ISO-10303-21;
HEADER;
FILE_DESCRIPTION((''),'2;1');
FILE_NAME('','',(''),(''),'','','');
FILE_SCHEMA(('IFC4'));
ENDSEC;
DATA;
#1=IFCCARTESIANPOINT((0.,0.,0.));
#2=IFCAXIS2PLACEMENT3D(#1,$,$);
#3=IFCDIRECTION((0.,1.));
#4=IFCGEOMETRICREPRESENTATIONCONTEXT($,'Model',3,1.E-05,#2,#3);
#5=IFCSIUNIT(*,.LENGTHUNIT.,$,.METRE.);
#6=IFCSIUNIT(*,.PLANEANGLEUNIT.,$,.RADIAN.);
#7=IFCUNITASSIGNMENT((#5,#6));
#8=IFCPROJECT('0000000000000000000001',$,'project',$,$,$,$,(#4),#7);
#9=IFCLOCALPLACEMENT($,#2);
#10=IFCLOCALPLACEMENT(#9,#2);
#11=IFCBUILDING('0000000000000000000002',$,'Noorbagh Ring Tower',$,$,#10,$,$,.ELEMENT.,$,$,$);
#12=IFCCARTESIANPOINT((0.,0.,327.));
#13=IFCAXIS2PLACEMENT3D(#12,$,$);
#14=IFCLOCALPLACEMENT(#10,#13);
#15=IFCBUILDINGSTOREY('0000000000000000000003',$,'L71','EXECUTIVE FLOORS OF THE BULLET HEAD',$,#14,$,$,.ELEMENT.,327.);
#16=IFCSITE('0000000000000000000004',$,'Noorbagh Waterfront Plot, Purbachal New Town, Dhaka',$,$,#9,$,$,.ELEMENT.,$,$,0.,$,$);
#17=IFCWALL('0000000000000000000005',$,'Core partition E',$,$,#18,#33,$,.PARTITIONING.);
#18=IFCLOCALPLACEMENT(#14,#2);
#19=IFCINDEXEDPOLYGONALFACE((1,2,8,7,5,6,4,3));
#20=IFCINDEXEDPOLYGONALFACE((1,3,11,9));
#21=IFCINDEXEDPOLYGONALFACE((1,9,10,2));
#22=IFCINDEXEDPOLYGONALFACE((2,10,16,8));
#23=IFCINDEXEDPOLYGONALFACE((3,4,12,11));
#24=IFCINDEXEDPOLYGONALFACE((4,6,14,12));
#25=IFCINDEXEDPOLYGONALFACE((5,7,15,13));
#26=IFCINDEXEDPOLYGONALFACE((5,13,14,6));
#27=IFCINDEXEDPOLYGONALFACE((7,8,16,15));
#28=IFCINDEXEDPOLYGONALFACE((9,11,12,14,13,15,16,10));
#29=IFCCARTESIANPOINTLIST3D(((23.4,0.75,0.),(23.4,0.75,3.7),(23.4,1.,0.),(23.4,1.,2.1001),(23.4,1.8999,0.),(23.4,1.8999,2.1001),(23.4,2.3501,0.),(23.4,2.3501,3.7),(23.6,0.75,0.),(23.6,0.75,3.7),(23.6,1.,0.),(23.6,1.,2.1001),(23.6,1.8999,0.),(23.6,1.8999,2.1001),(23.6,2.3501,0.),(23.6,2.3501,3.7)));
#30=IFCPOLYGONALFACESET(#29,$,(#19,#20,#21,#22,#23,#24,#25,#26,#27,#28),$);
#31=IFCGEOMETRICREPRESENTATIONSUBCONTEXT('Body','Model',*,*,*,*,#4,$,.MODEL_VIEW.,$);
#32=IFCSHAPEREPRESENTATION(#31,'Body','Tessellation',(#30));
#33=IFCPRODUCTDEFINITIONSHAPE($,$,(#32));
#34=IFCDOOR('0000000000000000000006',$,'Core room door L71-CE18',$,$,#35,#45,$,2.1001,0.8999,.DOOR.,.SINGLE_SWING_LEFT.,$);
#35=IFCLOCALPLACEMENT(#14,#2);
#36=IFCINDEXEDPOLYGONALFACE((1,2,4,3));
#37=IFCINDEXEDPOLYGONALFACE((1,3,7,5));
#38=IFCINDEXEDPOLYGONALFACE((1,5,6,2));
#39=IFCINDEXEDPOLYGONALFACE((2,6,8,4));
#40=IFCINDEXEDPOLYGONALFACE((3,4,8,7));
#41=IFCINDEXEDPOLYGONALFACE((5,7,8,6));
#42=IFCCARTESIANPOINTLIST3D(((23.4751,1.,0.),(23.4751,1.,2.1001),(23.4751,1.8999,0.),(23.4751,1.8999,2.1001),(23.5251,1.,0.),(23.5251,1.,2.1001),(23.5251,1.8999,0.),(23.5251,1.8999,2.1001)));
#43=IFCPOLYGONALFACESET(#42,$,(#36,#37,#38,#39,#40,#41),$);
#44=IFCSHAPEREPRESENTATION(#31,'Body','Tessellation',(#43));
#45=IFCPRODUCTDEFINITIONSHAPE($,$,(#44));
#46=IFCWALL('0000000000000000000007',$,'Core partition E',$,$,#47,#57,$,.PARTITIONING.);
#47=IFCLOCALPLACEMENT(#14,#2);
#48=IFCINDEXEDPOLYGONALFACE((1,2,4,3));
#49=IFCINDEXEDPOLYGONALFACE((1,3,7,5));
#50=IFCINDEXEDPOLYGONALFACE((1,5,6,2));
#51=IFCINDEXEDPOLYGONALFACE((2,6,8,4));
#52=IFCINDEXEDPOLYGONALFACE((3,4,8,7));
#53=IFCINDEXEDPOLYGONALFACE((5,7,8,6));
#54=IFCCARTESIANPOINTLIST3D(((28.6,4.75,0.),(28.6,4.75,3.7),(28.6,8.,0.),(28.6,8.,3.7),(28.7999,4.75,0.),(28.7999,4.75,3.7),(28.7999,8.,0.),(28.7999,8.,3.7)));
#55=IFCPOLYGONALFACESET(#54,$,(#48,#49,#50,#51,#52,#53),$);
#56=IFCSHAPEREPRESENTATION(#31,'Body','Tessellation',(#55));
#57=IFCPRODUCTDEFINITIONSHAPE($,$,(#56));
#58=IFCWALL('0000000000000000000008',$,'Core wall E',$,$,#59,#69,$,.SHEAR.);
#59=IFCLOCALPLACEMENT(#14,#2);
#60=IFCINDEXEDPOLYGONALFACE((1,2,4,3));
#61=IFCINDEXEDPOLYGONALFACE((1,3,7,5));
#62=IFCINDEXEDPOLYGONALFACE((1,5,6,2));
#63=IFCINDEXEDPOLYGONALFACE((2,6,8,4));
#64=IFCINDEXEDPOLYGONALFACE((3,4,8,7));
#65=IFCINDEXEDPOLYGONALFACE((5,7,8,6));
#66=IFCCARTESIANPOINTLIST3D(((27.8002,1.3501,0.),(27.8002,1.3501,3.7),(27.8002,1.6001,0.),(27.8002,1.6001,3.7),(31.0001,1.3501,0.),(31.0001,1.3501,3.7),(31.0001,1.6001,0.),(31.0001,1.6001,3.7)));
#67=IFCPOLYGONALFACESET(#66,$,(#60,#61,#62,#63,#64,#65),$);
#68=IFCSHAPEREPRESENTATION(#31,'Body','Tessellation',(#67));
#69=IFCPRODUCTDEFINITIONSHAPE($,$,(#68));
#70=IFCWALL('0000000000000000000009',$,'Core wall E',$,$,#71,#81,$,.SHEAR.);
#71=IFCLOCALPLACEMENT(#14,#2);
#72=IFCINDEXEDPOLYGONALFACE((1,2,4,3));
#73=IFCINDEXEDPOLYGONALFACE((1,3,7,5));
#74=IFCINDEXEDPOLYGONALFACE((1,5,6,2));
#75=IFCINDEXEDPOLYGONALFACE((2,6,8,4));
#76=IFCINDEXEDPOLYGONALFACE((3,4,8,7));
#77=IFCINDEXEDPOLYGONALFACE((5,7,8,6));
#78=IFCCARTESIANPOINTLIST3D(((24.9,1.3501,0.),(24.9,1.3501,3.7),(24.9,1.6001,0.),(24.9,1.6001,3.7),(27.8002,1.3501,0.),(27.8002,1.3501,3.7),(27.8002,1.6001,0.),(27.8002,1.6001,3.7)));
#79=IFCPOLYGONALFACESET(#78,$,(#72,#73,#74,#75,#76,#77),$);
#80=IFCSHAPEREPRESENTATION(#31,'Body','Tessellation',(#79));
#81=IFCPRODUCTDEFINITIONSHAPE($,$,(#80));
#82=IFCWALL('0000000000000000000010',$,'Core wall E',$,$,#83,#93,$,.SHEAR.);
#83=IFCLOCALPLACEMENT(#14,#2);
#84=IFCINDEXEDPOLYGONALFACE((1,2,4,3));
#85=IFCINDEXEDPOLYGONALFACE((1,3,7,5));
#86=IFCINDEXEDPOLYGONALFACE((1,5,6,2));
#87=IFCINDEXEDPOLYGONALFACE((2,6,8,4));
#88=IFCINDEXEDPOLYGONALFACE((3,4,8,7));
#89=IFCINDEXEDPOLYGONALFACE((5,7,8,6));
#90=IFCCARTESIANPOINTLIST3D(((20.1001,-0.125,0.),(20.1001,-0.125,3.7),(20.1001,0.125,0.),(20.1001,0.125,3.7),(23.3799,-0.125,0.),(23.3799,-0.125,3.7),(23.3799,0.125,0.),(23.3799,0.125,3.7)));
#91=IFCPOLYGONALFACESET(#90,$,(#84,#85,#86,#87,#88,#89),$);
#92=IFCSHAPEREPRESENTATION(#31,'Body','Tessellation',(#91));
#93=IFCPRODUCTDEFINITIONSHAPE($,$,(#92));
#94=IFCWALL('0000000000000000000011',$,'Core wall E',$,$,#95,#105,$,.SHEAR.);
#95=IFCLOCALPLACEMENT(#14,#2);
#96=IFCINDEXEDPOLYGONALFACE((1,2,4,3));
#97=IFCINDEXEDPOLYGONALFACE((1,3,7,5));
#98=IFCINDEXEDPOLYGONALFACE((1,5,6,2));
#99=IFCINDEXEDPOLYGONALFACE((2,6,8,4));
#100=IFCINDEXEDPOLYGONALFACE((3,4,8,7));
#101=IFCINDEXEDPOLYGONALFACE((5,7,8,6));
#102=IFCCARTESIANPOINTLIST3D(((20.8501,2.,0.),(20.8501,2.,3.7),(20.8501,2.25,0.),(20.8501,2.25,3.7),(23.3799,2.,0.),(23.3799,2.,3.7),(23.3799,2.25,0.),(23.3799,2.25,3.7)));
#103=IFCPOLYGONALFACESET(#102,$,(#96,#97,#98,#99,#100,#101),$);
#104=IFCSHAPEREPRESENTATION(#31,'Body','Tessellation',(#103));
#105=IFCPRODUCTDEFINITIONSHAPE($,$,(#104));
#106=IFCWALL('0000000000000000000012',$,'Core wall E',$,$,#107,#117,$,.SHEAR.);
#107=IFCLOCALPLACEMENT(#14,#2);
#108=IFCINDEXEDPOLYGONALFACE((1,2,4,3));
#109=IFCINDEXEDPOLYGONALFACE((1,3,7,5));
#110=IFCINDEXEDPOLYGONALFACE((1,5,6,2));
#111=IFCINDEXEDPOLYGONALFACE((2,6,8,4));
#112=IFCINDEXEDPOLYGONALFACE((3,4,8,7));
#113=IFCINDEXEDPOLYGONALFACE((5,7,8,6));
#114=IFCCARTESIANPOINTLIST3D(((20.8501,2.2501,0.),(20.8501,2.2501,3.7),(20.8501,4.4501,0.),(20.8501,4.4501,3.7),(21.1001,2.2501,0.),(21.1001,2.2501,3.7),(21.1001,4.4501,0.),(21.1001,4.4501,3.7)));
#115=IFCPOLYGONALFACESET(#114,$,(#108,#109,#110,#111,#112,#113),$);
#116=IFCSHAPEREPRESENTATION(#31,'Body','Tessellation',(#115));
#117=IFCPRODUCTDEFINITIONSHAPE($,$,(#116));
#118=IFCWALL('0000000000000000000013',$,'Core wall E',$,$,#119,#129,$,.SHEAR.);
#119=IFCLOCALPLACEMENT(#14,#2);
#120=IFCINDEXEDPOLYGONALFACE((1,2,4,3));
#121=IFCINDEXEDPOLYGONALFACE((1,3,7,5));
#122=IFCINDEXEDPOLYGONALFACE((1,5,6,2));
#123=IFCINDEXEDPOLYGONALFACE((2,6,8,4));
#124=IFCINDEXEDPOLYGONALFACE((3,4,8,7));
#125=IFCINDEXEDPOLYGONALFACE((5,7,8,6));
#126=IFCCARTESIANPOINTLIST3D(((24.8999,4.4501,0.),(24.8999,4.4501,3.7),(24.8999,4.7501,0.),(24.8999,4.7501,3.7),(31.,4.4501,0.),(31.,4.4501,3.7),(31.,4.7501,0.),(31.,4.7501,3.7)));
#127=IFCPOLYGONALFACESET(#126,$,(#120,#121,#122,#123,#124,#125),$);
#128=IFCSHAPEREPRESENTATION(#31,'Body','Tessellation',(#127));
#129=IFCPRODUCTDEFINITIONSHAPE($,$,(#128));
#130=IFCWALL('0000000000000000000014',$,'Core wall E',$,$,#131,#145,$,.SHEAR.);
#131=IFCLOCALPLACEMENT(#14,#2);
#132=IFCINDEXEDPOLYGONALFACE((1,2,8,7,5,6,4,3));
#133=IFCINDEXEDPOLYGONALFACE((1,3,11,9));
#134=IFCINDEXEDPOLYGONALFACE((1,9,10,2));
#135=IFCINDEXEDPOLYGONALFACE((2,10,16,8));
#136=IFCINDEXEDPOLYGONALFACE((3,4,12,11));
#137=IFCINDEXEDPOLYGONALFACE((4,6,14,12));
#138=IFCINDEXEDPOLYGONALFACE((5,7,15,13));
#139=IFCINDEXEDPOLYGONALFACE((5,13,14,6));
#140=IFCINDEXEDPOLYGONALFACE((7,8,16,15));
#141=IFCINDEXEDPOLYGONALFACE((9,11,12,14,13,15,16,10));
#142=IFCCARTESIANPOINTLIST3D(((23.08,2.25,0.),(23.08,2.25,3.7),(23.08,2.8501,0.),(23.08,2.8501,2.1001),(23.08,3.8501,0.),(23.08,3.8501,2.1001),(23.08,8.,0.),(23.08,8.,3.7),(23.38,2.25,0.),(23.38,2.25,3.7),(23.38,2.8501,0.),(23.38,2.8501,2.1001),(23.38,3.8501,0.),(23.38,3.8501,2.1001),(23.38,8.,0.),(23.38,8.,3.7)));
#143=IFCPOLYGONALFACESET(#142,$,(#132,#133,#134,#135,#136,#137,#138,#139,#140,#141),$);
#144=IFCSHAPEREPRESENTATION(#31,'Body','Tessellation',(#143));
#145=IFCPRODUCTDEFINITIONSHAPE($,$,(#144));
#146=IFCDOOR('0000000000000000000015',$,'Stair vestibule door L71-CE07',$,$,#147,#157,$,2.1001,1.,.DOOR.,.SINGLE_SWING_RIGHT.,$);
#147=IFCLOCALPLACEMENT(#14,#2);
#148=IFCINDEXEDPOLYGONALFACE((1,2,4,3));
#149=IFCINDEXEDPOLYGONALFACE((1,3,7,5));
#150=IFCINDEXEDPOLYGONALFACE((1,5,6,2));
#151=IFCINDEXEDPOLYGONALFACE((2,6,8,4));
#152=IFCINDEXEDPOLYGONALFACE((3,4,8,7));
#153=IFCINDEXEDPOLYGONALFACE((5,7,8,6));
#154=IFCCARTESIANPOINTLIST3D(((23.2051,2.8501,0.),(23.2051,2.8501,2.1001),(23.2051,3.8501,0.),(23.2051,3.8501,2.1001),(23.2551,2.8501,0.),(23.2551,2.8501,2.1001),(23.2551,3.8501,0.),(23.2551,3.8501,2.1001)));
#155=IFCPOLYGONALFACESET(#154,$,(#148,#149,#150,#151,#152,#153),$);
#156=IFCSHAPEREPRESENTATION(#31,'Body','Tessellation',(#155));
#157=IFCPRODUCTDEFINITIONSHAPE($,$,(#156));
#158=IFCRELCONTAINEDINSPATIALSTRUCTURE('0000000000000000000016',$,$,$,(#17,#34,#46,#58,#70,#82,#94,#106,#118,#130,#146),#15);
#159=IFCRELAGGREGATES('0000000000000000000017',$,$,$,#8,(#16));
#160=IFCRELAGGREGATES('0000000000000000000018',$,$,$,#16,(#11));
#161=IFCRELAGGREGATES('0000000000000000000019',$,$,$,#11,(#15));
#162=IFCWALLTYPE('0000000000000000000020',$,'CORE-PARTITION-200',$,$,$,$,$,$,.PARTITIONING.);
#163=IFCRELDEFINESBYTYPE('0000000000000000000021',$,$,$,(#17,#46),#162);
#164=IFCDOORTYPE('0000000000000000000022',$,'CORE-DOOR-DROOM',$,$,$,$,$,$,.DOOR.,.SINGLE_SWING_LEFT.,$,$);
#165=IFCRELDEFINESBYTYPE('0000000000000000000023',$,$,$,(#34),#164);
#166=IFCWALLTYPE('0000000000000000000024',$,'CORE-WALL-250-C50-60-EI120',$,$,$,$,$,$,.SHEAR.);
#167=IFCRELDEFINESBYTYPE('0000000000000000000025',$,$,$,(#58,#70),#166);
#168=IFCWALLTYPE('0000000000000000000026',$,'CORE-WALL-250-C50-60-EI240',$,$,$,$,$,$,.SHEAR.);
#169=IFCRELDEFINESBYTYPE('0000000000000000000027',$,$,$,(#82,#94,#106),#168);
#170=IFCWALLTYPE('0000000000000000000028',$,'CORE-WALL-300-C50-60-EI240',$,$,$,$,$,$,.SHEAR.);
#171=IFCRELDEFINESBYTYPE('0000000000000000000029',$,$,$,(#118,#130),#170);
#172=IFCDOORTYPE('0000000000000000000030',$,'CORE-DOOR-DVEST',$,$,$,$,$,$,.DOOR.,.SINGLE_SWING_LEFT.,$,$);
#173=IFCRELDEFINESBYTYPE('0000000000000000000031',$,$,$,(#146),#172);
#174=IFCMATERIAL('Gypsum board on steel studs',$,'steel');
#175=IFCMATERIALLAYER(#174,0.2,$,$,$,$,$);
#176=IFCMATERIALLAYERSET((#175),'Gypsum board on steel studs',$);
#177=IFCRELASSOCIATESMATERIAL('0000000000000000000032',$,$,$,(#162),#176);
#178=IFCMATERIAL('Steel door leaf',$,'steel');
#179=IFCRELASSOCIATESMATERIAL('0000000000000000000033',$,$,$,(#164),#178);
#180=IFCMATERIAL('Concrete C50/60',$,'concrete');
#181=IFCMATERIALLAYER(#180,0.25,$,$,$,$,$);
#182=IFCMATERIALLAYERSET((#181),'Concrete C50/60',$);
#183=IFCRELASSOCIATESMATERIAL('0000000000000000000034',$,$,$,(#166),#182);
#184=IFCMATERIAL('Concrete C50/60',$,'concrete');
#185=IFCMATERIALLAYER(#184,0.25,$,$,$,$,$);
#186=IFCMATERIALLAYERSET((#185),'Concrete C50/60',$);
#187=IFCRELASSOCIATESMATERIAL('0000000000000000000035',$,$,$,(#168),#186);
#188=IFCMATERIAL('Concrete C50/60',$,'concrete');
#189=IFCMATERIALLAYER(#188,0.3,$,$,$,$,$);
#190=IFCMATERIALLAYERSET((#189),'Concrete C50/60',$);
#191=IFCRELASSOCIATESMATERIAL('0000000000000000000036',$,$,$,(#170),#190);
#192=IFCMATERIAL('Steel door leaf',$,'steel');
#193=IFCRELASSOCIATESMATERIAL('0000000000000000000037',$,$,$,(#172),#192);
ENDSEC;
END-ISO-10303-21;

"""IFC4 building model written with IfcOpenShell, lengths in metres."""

from ifc_helpers import new_model, si_unit, direction, frame, frame_2d, origin, place, context, subcontext, project, spatial, rectangle, extrude, material, layer, layer_set, type_object, element, fill, save


model = new_model("IFC4")

# Units and contexts
model_context = context("Model", 3, precision=1e-05, world=origin(), true_north=direction((0.0, 1.0)))
body_context = subcontext(model_context, "Body", "Model", "MODEL_VIEW")
ifc_project = project(units=[si_unit("LENGTHUNIT", "METRE"), si_unit("PLANEANGLEUNIT", "RADIAN")], contexts=[model_context])

# Site, building, storey
site_placement = place(None, origin())
site = spatial("IfcSite", under=ifc_project, at=site_placement, Name="Noorbagh Waterfront Plot, Purbachal New Town, Dhaka", CompositionType="ELEMENT", RefElevation=0.0)
building_placement = place(site_placement, origin())
building = spatial("IfcBuilding", under=site, at=building_placement, Name="Noorbagh Ring Tower", CompositionType="ELEMENT")
storey_placement = place(building_placement, frame((0.0, 0.0, 327.0)))
storey = spatial("IfcBuildingStorey", under=building, at=storey_placement, Name="L71", Description="EXECUTIVE FLOORS OF THE BULLET HEAD", CompositionType="ELEMENT", Elevation=327.0)

# Shared definitions
ifc_material_1 = material(Name="Gypsum board on steel studs", Category="steel")
ifc_layer_1 = layer(ifc_material_1, 0.2)
ifc_layer_set_1 = layer_set([ifc_layer_1], Name="Gypsum board on steel studs")
wall_type_1 = type_object("IfcWallType", Name="CORE-PARTITION-200", PredefinedType="PARTITIONING", material=ifc_layer_set_1)

# Wall, opening, door
wall_1_placement = place(storey_placement, frame((23.5, 0.75, 0.0), z_axis=(0.0, 0.0, 1.0), x_axis=(0.0, 1.0, 0.0)))
wall_1 = element("IfcWall", 1, at=wall_1_placement, inside=storey, type_object=wall_type_1, Name="Core partition E", PredefinedType="PARTITIONING", context=body_context, shape_type="SweptSolid", body=[
    extrude(rectangle(XDim=1.6001, YDim=0.2, at=frame_2d((0.8, 0.0))), origin(), (0.0, 0.0, 1.0), 3.7),
])
opening_1_placement = place(wall_1_placement, frame((0.25, 0.0, 0.0)))
opening_1 = element("IfcOpeningElement", 2, at=opening_1_placement, cuts=wall_1, PredefinedType="OPENING", context=body_context, shape_type="SweptSolid", body=[
    extrude(rectangle(XDim=0.8999, YDim=2.1001, at=frame_2d((0.45, 1.05))), frame((0.0, 0.1099, 0.0), z_axis=(0.0, -1.0, 0.0), x_axis=(1.0, 0.0, 0.0)), (0.0, 0.0, 1.0), 0.22),
])
ifc_material_2 = material(Name="Steel door leaf", Category="steel")
door_type_1 = type_object("IfcDoorType", Name="CORE-DOOR-DROOM", OperationType="SINGLE_SWING_LEFT", PredefinedType="DOOR", material=ifc_material_2)
door_1_placement = place(opening_1_placement, origin())
door_1 = element("IfcDoor", 3, at=door_1_placement, inside=storey, type_object=door_type_1, Name="Core room door L71-CE18", OperationType="SINGLE_SWING_LEFT", OverallHeight=2.1001, OverallWidth=0.8999, PredefinedType="DOOR", context=body_context, shape_type="SweptSolid", body=[
    extrude(rectangle(XDim=0.8999, YDim=2.1001, at=frame_2d((0.45, 1.05))), frame((0.0, 0.0249, 0.0), z_axis=(0.0, -1.0, 0.0), x_axis=(1.0, 0.0, 0.0)), (0.0, 0.0, 1.0), 0.05),
])
fill(opening_1, door_1)

# Walls
wall_2_placement = place(storey_placement, frame((28.7, 4.75, 0.0), z_axis=(0.0, 0.0, 1.0), x_axis=(0.0, 1.0, 0.0)))
element("IfcWall", 4, at=wall_2_placement, inside=storey, type_object=wall_type_1, Name="Core partition E", PredefinedType="PARTITIONING", context=body_context, shape_type="SweptSolid", body=[
    extrude(rectangle(XDim=3.25, YDim=0.2, at=frame_2d((1.625, 0.0))), origin(), (0.0, 0.0, 1.0), 3.7),
])
ifc_material_3 = material(Name="Concrete C50/60", Category="concrete")
ifc_layer_2 = layer(ifc_material_3, 0.25)
ifc_layer_set_2 = layer_set([ifc_layer_2], Name="Concrete C50/60")
wall_type_2 = type_object("IfcWallType", Name="CORE-WALL-250-C50-60-EI120", PredefinedType="SHEAR", material=ifc_layer_set_2)
wall_3_placement = place(storey_placement, frame((27.8, 1.4751, 0.0), z_axis=(0.0, 0.0, 1.0), x_axis=(1.0, 0.0, 0.0)))
element("IfcWall", 5, at=wall_3_placement, inside=storey, type_object=wall_type_2, Name="Core wall E", PredefinedType="SHEAR", context=body_context, shape_type="SweptSolid", body=[
    extrude(rectangle(XDim=3.2, YDim=0.25, at=frame_2d((1.6001, 0.0))), origin(), (0.0, 0.0, 1.0), 3.7),
])
wall_4_placement = place(storey_placement, frame((24.8999, 1.4751, 0.0), z_axis=(0.0, 0.0, 1.0), x_axis=(1.0, 0.0, 0.0)))
element("IfcWall", 6, at=wall_4_placement, inside=storey, type_object=wall_type_2, Name="Core wall E", PredefinedType="SHEAR", context=body_context, shape_type="SweptSolid", body=[
    extrude(rectangle(XDim=2.9001, YDim=0.25, at=frame_2d((1.4502, 0.0))), origin(), (0.0, 0.0, 1.0), 3.7),
])
ifc_material_4 = material(Name="Concrete C50/60", Category="concrete")
ifc_layer_3 = layer(ifc_material_4, 0.25)
ifc_layer_set_3 = layer_set([ifc_layer_3], Name="Concrete C50/60")
wall_type_3 = type_object("IfcWallType", Name="CORE-WALL-250-C50-60-EI240", PredefinedType="SHEAR", material=ifc_layer_set_3)
wall_5_placement = place(storey_placement, frame((20.1001, 0.0, 0.0), z_axis=(0.0, 0.0, 1.0), x_axis=(1.0, 0.0, 0.0)))
element("IfcWall", 7, at=wall_5_placement, inside=storey, type_object=wall_type_3, Name="Core wall E", PredefinedType="SHEAR", context=body_context, shape_type="SweptSolid", body=[
    extrude(rectangle(XDim=3.2798, YDim=0.25, at=frame_2d((1.6399, 0.0))), origin(), (0.0, 0.0, 1.0), 3.7),
])
wall_6_placement = place(storey_placement, frame((20.8501, 2.125, 0.0), z_axis=(0.0, 0.0, 1.0), x_axis=(1.0, 0.0, 0.0)))
element("IfcWall", 8, at=wall_6_placement, inside=storey, type_object=wall_type_3, Name="Core wall E", PredefinedType="SHEAR", context=body_context, shape_type="SweptSolid", body=[
    extrude(rectangle(XDim=2.5298, YDim=0.25, at=frame_2d((1.2649, 0.0))), origin(), (0.0, 0.0, 1.0), 3.7),
])
wall_7_placement = place(storey_placement, frame((20.9751, 2.25, 0.0), z_axis=(0.0, 0.0, 1.0), x_axis=(0.0, 1.0, 0.0)))
element("IfcWall", 9, at=wall_7_placement, inside=storey, type_object=wall_type_3, Name="Core wall E", PredefinedType="SHEAR", context=body_context, shape_type="SweptSolid", body=[
    extrude(rectangle(XDim=2.2, YDim=0.25, at=frame_2d((1.1001, 0.0))), origin(), (0.0, 0.0, 1.0), 3.7),
])
ifc_material_5 = material(Name="Concrete C50/60", Category="concrete")
ifc_layer_4 = layer(ifc_material_5, 0.3)
ifc_layer_set_4 = layer_set([ifc_layer_4], Name="Concrete C50/60")
wall_type_4 = type_object("IfcWallType", Name="CORE-WALL-300-C50-60-EI240", PredefinedType="SHEAR", material=ifc_layer_set_4)
wall_8_placement = place(storey_placement, frame((24.8999, 4.6001, 0.0), z_axis=(0.0, 0.0, 1.0), x_axis=(1.0, 0.0, 0.0)))
element("IfcWall", 10, at=wall_8_placement, inside=storey, type_object=wall_type_4, Name="Core wall E", PredefinedType="SHEAR", context=body_context, shape_type="SweptSolid", body=[
    extrude(rectangle(XDim=6.1001, YDim=0.3, at=frame_2d((3.05, 0.0))), origin(), (0.0, 0.0, 1.0), 3.7),
])

# Wall, opening, door
wall_9_placement = place(storey_placement, frame((23.23, 2.25, 0.0), z_axis=(0.0, 0.0, 1.0), x_axis=(0.0, 1.0, 0.0)))
wall_9 = element("IfcWall", 11, at=wall_9_placement, inside=storey, type_object=wall_type_4, Name="Core wall E", PredefinedType="SHEAR", context=body_context, shape_type="SweptSolid", body=[
    extrude(rectangle(XDim=5.75, YDim=0.3, at=frame_2d((2.875, 0.0))), origin(), (0.0, 0.0, 1.0), 3.7),
])
opening_2_placement = place(wall_9_placement, frame((0.6001, 0.0, 0.0)))
opening_2 = element("IfcOpeningElement", 12, at=opening_2_placement, cuts=wall_9, PredefinedType="OPENING", context=body_context, shape_type="SweptSolid", body=[
    extrude(rectangle(XDim=1.0, YDim=2.1001, at=frame_2d((0.5, 1.05))), frame((0.0, 0.1602, 0.0), z_axis=(0.0, -1.0, 0.0), x_axis=(1.0, 0.0, 0.0)), (0.0, 0.0, 1.0), 0.3201),
])
ifc_material_6 = material(Name="Steel door leaf", Category="steel")
door_type_2 = type_object("IfcDoorType", Name="CORE-DOOR-DVEST", OperationType="SINGLE_SWING_LEFT", PredefinedType="DOOR", material=ifc_material_6)
door_2_placement = place(opening_2_placement, origin())
door_2 = element("IfcDoor", 13, at=door_2_placement, inside=storey, type_object=door_type_2, Name="Stair vestibule door L71-CE07", OperationType="SINGLE_SWING_RIGHT", OverallHeight=2.1001, OverallWidth=1.0, PredefinedType="DOOR", context=body_context, shape_type="SweptSolid", body=[
    extrude(rectangle(XDim=1.0, YDim=2.1001, at=frame_2d((0.5, 1.05))), frame((0.0, 0.0249, 0.0), z_axis=(0.0, -1.0, 0.0), x_axis=(1.0, 0.0, 0.0)), (0.0, 0.0, 1.0), 0.05),
])
fill(opening_2, door_2)

save(model, "model.ifc")
